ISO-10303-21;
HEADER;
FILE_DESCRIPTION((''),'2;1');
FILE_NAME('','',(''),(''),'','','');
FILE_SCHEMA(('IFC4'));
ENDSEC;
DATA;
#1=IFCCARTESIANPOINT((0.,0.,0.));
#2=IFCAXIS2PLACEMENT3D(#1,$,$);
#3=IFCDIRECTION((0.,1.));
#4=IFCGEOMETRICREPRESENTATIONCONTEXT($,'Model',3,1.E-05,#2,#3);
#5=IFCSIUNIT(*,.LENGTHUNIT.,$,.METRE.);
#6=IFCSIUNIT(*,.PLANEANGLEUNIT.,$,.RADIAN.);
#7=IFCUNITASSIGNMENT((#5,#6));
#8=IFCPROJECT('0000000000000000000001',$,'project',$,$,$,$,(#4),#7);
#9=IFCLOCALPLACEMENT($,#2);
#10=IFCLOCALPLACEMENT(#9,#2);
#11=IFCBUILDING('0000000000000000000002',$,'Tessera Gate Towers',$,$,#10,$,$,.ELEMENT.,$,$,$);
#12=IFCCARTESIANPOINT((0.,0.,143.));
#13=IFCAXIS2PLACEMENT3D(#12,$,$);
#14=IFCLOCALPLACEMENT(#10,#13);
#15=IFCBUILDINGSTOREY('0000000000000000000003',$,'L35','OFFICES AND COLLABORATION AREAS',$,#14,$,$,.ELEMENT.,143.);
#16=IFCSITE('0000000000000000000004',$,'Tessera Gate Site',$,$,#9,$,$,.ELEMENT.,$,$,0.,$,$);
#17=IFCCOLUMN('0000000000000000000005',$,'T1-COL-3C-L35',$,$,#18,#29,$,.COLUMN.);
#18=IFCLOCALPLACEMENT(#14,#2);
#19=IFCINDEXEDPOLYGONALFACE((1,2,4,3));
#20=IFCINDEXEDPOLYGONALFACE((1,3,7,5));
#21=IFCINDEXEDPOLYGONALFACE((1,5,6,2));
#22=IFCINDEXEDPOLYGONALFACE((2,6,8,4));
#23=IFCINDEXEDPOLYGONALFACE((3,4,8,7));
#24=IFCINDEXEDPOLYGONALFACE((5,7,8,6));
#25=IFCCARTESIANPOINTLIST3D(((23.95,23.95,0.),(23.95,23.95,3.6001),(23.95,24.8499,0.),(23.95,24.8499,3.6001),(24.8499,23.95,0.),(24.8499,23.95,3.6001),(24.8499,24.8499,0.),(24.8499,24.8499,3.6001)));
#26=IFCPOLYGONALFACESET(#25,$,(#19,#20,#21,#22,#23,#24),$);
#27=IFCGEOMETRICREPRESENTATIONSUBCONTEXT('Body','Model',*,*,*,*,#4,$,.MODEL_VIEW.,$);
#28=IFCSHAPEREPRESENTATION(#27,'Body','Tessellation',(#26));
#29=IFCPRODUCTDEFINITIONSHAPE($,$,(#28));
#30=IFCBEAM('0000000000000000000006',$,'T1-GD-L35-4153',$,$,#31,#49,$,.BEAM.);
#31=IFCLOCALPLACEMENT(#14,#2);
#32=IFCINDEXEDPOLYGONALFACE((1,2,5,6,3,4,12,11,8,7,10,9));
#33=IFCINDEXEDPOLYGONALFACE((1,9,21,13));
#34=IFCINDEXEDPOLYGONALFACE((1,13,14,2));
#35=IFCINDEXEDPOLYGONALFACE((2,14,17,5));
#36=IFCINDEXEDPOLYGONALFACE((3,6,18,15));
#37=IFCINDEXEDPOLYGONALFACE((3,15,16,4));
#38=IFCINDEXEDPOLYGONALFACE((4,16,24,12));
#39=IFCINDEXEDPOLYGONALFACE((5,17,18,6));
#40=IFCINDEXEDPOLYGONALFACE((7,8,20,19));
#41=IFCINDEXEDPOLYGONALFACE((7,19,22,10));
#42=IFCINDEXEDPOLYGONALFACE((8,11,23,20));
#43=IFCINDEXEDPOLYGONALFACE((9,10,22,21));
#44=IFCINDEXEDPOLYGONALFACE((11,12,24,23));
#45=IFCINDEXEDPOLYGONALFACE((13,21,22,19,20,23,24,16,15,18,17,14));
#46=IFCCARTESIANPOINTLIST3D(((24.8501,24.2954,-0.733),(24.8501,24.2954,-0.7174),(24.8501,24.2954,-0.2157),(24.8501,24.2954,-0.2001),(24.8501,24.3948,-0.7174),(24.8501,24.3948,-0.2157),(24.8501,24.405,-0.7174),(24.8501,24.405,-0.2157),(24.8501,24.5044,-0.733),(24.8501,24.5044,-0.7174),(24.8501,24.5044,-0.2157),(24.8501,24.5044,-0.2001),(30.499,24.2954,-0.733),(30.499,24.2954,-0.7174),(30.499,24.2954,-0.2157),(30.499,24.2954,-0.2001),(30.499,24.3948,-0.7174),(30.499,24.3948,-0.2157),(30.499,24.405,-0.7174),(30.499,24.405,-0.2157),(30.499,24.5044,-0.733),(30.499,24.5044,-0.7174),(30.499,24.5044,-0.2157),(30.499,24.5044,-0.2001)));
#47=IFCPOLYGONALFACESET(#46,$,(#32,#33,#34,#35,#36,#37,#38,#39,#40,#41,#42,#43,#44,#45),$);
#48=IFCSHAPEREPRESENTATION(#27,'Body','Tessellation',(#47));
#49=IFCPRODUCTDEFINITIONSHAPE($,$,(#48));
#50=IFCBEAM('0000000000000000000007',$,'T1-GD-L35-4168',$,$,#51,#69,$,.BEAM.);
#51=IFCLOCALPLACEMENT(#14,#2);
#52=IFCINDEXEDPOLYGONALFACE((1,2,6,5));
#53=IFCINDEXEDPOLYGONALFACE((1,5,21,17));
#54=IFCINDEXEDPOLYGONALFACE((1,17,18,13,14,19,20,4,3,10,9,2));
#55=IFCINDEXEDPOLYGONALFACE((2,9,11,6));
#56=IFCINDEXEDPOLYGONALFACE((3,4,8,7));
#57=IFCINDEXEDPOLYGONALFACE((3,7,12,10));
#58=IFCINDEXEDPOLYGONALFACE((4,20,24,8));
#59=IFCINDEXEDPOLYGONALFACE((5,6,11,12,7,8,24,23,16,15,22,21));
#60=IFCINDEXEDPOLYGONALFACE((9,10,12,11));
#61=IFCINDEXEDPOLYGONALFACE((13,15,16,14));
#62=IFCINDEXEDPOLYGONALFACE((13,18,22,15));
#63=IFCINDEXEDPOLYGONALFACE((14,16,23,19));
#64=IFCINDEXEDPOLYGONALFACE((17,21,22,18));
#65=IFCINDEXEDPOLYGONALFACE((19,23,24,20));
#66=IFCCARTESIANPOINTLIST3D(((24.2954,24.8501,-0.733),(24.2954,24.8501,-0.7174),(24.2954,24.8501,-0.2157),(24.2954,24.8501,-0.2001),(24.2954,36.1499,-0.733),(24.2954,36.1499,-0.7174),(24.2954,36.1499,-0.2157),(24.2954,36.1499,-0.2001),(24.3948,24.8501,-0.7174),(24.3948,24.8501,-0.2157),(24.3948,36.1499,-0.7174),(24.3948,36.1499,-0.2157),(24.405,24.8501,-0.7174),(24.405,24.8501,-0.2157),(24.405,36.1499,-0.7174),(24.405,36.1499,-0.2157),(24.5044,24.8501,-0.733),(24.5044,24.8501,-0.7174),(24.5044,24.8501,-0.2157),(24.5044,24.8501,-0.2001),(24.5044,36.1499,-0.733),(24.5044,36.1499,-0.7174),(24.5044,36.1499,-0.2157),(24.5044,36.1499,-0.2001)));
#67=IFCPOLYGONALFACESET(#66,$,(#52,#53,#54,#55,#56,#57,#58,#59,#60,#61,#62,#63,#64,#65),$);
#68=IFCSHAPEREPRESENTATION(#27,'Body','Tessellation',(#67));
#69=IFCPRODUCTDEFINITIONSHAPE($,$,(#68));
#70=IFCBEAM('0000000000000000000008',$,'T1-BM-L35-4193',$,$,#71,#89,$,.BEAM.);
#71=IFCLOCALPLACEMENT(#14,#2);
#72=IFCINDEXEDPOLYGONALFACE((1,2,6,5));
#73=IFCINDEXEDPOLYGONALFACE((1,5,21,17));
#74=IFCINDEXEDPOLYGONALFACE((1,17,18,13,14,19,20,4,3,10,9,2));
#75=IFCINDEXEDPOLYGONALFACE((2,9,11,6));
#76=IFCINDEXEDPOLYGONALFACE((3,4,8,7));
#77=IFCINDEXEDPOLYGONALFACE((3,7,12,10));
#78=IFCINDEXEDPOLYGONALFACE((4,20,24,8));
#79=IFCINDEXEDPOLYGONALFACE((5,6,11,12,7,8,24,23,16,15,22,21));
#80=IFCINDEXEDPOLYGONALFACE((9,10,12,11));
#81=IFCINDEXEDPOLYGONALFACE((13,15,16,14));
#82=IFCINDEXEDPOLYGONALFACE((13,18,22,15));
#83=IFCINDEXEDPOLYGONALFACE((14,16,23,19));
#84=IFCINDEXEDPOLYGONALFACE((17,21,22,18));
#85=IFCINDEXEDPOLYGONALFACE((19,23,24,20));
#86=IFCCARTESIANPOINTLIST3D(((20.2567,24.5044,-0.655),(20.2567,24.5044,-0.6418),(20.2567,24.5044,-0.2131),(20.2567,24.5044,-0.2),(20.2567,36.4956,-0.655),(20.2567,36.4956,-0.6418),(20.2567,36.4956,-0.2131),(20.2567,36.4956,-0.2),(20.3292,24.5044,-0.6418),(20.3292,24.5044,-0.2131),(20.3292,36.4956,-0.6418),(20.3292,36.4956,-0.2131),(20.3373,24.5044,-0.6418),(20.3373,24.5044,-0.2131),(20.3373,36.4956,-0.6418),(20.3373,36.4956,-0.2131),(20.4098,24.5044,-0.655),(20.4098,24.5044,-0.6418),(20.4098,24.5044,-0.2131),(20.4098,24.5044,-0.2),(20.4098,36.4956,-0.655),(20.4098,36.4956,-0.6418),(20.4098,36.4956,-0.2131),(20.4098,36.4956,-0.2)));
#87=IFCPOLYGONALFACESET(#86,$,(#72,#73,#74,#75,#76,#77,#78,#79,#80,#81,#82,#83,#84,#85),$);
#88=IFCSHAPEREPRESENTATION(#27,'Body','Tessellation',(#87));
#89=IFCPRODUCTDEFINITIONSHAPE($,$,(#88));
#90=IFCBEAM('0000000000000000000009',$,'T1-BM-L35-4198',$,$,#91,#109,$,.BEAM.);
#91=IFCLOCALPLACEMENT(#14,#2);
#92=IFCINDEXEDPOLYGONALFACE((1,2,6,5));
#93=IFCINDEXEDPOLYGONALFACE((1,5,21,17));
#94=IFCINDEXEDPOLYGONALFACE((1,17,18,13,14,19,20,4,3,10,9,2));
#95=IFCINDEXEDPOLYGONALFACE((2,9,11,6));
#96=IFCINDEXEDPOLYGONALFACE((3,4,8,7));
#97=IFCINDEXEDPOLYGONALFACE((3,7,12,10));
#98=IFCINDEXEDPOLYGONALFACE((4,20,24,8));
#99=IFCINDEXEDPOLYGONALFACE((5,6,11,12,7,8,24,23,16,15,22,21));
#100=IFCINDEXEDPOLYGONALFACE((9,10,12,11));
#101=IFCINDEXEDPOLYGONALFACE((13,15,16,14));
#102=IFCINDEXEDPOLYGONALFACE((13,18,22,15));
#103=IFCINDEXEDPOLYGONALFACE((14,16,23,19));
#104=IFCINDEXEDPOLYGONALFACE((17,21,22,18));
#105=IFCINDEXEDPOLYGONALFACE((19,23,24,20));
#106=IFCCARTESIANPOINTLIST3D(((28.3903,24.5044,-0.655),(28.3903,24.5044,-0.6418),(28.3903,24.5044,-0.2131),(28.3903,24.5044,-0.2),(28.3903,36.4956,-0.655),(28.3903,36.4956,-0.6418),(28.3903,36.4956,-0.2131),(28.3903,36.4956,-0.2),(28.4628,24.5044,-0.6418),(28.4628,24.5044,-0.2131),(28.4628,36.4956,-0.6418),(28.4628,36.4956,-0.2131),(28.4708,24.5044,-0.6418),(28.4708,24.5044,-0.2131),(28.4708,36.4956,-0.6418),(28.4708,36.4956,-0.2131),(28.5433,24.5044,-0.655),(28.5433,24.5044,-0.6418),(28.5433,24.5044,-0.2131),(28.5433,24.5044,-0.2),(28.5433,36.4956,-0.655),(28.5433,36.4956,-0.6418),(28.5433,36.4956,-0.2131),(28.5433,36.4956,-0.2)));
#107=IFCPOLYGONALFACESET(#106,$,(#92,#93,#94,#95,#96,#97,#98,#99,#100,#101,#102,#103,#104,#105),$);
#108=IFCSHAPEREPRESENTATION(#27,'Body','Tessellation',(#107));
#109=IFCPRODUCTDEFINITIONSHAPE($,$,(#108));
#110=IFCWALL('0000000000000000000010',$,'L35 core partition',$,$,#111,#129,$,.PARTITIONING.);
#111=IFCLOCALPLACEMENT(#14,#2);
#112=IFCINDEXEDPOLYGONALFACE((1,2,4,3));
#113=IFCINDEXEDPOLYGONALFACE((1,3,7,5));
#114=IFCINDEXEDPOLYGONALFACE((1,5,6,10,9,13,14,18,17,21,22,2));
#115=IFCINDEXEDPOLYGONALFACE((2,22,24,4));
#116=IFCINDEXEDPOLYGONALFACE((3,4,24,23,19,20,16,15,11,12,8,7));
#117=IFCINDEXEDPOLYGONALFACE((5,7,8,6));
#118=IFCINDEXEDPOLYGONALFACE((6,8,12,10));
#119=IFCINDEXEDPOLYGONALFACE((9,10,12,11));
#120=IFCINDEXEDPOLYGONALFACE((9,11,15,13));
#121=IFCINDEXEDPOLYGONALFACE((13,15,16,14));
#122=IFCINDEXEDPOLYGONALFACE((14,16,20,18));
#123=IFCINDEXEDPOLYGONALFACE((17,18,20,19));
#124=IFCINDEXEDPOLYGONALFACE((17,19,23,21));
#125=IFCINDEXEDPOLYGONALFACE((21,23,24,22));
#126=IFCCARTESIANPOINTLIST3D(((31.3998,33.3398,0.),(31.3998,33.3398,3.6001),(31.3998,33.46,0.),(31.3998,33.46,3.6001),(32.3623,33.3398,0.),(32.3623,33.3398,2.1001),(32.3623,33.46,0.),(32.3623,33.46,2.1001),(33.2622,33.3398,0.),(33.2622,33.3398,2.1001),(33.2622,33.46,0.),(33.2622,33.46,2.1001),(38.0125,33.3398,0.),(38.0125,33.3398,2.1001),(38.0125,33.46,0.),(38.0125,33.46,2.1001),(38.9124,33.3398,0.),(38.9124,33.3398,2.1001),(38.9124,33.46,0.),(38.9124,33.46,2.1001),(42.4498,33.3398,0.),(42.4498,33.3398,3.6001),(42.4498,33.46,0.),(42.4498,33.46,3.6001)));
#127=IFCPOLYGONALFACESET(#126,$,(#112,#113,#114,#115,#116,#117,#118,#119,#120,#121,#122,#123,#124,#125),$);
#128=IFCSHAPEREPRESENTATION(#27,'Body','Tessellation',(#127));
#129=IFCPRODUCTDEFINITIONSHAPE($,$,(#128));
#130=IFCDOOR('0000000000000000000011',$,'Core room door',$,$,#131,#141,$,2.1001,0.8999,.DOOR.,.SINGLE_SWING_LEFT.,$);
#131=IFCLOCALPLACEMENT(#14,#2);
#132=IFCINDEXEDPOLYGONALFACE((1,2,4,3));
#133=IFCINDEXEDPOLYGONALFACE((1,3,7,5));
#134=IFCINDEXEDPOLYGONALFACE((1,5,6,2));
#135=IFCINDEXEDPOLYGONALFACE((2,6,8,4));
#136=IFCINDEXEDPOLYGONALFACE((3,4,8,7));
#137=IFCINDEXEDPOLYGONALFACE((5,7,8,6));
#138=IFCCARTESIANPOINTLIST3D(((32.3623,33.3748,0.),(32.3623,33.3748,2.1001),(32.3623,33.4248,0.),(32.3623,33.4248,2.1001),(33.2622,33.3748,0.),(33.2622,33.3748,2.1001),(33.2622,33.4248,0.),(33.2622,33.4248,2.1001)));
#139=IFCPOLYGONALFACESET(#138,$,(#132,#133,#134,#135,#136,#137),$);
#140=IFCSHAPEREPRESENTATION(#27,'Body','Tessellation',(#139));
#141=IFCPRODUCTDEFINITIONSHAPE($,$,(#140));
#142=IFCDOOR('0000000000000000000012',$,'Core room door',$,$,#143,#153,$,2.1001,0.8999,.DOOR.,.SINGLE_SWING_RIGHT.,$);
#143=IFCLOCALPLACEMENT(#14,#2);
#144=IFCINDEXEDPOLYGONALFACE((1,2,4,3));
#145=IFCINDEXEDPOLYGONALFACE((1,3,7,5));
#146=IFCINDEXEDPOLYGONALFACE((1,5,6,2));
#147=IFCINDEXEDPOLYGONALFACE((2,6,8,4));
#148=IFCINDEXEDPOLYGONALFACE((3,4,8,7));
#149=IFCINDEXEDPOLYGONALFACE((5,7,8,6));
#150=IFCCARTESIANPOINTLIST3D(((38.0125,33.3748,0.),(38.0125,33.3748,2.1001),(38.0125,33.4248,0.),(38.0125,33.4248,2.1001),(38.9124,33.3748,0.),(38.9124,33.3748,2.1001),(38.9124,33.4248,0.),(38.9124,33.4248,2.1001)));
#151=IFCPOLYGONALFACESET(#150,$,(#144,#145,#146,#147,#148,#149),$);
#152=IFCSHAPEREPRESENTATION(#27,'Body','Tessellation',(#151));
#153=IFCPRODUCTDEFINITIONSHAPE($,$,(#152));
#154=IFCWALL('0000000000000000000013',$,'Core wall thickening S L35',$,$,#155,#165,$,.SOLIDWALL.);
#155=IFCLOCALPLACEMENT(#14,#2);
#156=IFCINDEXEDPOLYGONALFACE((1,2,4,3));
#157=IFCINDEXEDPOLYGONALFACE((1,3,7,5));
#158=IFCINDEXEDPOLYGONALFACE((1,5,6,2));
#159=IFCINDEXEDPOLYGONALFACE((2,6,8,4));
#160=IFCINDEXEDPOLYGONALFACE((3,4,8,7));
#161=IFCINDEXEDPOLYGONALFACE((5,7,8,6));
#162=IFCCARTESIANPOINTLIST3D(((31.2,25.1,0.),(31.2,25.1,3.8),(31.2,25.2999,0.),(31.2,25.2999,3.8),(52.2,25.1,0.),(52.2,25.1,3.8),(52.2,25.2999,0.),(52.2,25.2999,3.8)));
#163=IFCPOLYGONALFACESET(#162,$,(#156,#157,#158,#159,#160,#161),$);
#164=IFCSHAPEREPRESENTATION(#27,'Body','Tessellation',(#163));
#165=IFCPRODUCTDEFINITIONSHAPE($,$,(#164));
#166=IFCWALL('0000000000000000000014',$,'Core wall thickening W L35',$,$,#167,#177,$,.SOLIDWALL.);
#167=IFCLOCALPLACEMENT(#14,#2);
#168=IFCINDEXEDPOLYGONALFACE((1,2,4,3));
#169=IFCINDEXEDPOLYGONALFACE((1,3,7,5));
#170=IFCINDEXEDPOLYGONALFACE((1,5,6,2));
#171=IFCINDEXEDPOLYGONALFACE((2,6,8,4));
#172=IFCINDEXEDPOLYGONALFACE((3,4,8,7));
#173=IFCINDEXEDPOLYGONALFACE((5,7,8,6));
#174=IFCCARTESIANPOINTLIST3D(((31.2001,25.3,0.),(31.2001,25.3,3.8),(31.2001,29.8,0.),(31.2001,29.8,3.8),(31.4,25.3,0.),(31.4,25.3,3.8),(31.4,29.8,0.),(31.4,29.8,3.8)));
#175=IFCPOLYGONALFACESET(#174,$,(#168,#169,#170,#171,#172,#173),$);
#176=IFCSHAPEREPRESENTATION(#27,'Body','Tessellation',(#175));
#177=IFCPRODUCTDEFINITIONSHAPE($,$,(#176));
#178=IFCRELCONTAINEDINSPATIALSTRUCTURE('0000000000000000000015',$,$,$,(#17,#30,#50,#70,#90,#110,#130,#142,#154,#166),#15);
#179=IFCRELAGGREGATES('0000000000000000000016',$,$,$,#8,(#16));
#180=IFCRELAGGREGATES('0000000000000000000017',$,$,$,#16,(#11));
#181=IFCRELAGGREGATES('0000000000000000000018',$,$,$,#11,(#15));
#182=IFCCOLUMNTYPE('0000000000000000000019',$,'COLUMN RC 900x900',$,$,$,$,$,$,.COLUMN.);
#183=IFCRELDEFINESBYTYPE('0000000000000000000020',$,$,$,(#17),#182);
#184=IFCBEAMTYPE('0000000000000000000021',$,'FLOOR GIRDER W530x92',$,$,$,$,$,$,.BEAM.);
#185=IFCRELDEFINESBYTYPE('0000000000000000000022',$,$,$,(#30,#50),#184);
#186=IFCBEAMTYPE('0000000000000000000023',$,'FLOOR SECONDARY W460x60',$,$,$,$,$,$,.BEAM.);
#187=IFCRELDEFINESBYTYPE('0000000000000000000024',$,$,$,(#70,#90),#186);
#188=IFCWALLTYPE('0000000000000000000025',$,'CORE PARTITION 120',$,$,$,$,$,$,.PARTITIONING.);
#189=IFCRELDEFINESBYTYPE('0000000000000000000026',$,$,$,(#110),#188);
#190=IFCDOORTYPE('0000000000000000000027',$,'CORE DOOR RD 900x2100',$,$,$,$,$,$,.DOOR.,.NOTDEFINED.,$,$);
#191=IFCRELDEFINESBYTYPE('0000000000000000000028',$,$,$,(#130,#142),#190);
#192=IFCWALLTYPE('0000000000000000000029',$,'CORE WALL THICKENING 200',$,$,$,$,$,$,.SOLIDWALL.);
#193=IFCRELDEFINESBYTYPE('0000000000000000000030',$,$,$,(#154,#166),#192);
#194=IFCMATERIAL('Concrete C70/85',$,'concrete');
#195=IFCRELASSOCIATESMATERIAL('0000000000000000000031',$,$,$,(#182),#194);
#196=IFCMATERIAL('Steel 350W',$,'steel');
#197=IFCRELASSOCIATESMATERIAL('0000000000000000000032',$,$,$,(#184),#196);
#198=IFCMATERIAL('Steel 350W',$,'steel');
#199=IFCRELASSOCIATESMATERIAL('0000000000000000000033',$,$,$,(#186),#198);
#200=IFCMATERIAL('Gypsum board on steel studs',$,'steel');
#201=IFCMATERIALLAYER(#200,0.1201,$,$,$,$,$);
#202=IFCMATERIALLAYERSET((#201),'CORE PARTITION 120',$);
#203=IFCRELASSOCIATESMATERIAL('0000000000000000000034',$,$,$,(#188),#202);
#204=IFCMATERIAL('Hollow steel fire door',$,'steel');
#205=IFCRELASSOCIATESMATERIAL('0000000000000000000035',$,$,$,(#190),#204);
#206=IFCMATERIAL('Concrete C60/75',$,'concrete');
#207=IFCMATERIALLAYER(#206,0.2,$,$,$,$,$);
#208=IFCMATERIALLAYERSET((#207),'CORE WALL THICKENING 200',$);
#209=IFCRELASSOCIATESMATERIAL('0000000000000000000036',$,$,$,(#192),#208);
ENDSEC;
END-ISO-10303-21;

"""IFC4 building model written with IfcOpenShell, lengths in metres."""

from ifc_helpers import new_model, si_unit, direction, frame, frame_2d, origin, origin_2d, place, context, subcontext, project, spatial, rectangle, i_section, extrude, source, transform, mapped, material, layer, layer_set, material_profile, profile_set, type_object, element, fill, save


model = new_model("IFC4")

# Units and contexts
model_context = context("Model", 3, precision=1e-05, world=origin(), true_north=direction((0.0, 1.0)))
body_context = subcontext(model_context, "Body", "Model", "MODEL_VIEW")
ifc_project = project(units=[si_unit("LENGTHUNIT", "METRE"), si_unit("PLANEANGLEUNIT", "RADIAN")], contexts=[model_context])

# Site, building, storey
site_placement = place(None, origin())
site = spatial("IfcSite", under=ifc_project, at=site_placement, Name="Tessera Gate Site", CompositionType="ELEMENT", RefElevation=0.0)
building_placement = place(site_placement, origin())
building = spatial("IfcBuilding", under=site, at=building_placement, Name="Tessera Gate Towers", CompositionType="ELEMENT")
storey_placement = place(building_placement, frame((0.0, 0.0, 143.0)))
storey = spatial("IfcBuildingStorey", under=building, at=storey_placement, Name="L35", Description="OFFICES AND COLLABORATION AREAS", CompositionType="ELEMENT", Elevation=143.0)

# Column
ifc_material_1 = material(Name="Concrete C70/85", Category="concrete")
ifc_material_profile_1 = material_profile(ifc_material_1, rectangle(XDim=0.8999, YDim=0.8999, at=origin_2d()), Name="RC 900x900")
ifc_profile_set_1 = profile_set([ifc_material_profile_1], Name="Concrete C70/85")
column_type = type_object("IfcColumnType", Name="COLUMN RC 900x900", PredefinedType="COLUMN", material=ifc_profile_set_1)
column_placement = place(storey_placement, frame((24.3999, 24.3999, 0.0), z_axis=(0.0, 0.0, 1.0), x_axis=(1.0, 0.0, 0.0)))
element("IfcColumn", 1, at=column_placement, inside=storey, type_object=column_type, Name="T1-COL-3C-L35", PredefinedType="COLUMN", context=body_context, shape_type="SweptSolid", body=[
    extrude(rectangle(XDim=0.8999, YDim=0.8999, at=origin_2d()), origin(), (0.0, 0.0, 1.0), 3.6001),
])

# Beams
ifc_material_2 = material(Name="Steel 350W", Category="steel")
ifc_material_profile_2 = material_profile(ifc_material_2, i_section(OverallWidth=0.209, OverallDepth=0.533, WebThickness=0.0103, FlangeThickness=0.0156, at=origin_2d()), Name="W530x92")
ifc_profile_set_2 = profile_set([ifc_material_profile_2], Name="Steel 350W")
beam_type_1 = type_object("IfcBeamType", Name="FLOOR GIRDER W530x92", PredefinedType="BEAM", material=ifc_profile_set_2)
beam_1_placement = place(storey_placement, frame((24.8501, 24.3999, -0.4666), z_axis=(1.0, 0.0, 0.0), x_axis=(0.0, 1.0, 0.0)))
element("IfcBeam", 2, at=beam_1_placement, inside=storey, type_object=beam_type_1, Name="T1-GD-L35-4153", PredefinedType="BEAM", context=body_context, shape_type="SweptSolid", body=[
    extrude(i_section(OverallWidth=0.209, OverallDepth=0.533, WebThickness=0.0103, FlangeThickness=0.0156, at=origin_2d()), origin(), (0.0, 0.0, 1.0), 5.6489),
])
beam_2_placement = place(storey_placement, frame((24.3999, 24.8501, -0.4666), z_axis=(0.0, 1.0, 0.0), x_axis=(-1.0, 0.0, 0.0)))
element("IfcBeam", 3, at=beam_2_placement, inside=storey, type_object=beam_type_1, Name="T1-GD-L35-4168", PredefinedType="BEAM", context=body_context, shape_type="SweptSolid", body=[
    extrude(i_section(OverallWidth=0.209, OverallDepth=0.533, WebThickness=0.0103, FlangeThickness=0.0156, at=origin_2d()), origin(), (0.0, 0.0, 1.0), 11.2998),
])
ifc_material_3 = material(Name="Steel 350W", Category="steel")
ifc_material_profile_3 = material_profile(ifc_material_3, i_section(OverallWidth=0.1531, OverallDepth=0.4551, WebThickness=0.0081, FlangeThickness=0.0132, at=origin_2d()), Name="W460x60")
ifc_profile_set_3 = profile_set([ifc_material_profile_3], Name="Steel 350W")
beam_type_2 = type_object("IfcBeamType", Name="FLOOR SECONDARY W460x60", PredefinedType="BEAM", material=ifc_profile_set_3)
for number, where, z_axis, x_axis, name in (
    (4, (20.3333, 24.5044, -0.4275), (0.0, 1.0, 0.0), (-1.0, 0.0, 0.0), "T1-BM-L35-4193"),
    (5, (28.4668, 24.5044, -0.4275), (0.0, 1.0, 0.0), (-1.0, 0.0, 0.0), "T1-BM-L35-4198"),
):
    element("IfcBeam", number, at=place(storey_placement, frame(where, z_axis=z_axis, x_axis=x_axis)), inside=storey, type_object=beam_type_2, Name=name, PredefinedType="BEAM", context=body_context, shape_type="SweptSolid", body=[
        extrude(i_section(OverallWidth=0.1531, OverallDepth=0.4551, WebThickness=0.0081, FlangeThickness=0.0132, at=origin_2d()), origin(), (0.0, 0.0, 1.0), 11.9912),
    ])

# Wall, openings, doors
ifc_material_4 = material(Name="Gypsum board on steel studs", Category="steel")
ifc_layer_1 = layer(ifc_material_4, 0.1201)
ifc_layer_set_1 = layer_set([ifc_layer_1], Name="CORE PARTITION 120")
wall_type_1 = type_object("IfcWallType", Name="CORE PARTITION 120", PredefinedType="PARTITIONING", material=ifc_layer_set_1)
wall_1_placement = place(storey_placement, frame((31.3999, 33.3999, 0.0), z_axis=(0.0, 0.0, 1.0), x_axis=(1.0, 0.0, 0.0)))
wall_1 = element("IfcWall", 6, at=wall_1_placement, inside=storey, type_object=wall_type_1, Name="L35 core partition", PredefinedType="PARTITIONING", context=body_context, shape_type="SweptSolid", body=[
    extrude(rectangle(XDim=11.05, YDim=0.1201, at=frame_2d((5.5249, 0.0))), origin(), (0.0, 0.0, 1.0), 3.6001),
])
shared_shape_1 = source(origin(), body_context, "Body", "SweptSolid", [
    extrude(rectangle(XDim=0.8999, YDim=2.1001, at=frame_2d((0.45, 1.05))), frame((0.0, 0.0701, 0.0), z_axis=(0.0, -1.0, 0.0), x_axis=(1.0, 0.0, 0.0)), (0.0, 0.0, 1.0), 0.1401),
])
opening_1_placement = place(wall_1_placement, frame((0.9624, 0.0, 0.0)))
opening_1 = element("IfcOpeningElement", 7, at=opening_1_placement, cuts=wall_1, PredefinedType="OPENING", context=body_context, shape_type="MappedRepresentation", body=[
    mapped(shared_shape_1, transform((0.0, 0.0, 0.0), scale=1.0)),
])
opening_2_placement = place(wall_1_placement, frame((6.6125, 0.0, 0.0)))
opening_2 = element("IfcOpeningElement", 8, at=opening_2_placement, cuts=wall_1, PredefinedType="OPENING", context=body_context, shape_type="MappedRepresentation", body=[
    mapped(shared_shape_1, transform((0.0, 0.0, 0.0), scale=1.0)),
])
ifc_material_5 = material(Name="Hollow steel fire door", Category="steel")
door_type_1 = type_object("IfcDoorType", Name="CORE DOOR RD 900x2100", OperationType="NOTDEFINED", PredefinedType="DOOR", material=ifc_material_5)
shared_shape_2 = source(origin(), body_context, "Body", "SweptSolid", [
    extrude(rectangle(XDim=0.8999, YDim=2.1001, at=frame_2d((0.45, 1.05))), frame((0.0, 0.0249, 0.0), z_axis=(0.0, -1.0, 0.0), x_axis=(1.0, 0.0, 0.0)), (0.0, 0.0, 1.0), 0.05),
])
door_1_placement = place(opening_1_placement, origin())
door_1 = element("IfcDoor", 9, at=door_1_placement, inside=storey, type_object=door_type_1, Name="Core room door", OperationType="SINGLE_SWING_LEFT", OverallHeight=2.1001, OverallWidth=0.8999, PredefinedType="DOOR", context=body_context, shape_type="MappedRepresentation", body=[
    mapped(shared_shape_2, transform((0.0, 0.0, 0.0), scale=1.0)),
])
fill(opening_1, door_1)
door_2_placement = place(opening_2_placement, origin())
door_2 = element("IfcDoor", 10, at=door_2_placement, inside=storey, type_object=door_type_1, Name="Core room door", OperationType="SINGLE_SWING_RIGHT", OverallHeight=2.1001, OverallWidth=0.8999, PredefinedType="DOOR", context=body_context, shape_type="MappedRepresentation", body=[
    mapped(shared_shape_2, transform((0.0, 0.0, 0.0), scale=1.0)),
])
fill(opening_2, door_2)

# Walls
ifc_material_6 = material(Name="Concrete C60/75", Category="concrete")
ifc_layer_2 = layer(ifc_material_6, 0.2)
ifc_layer_set_2 = layer_set([ifc_layer_2], Name="CORE WALL THICKENING 200")
wall_type_2 = type_object("IfcWallType", Name="CORE WALL THICKENING 200", PredefinedType="SOLIDWALL", material=ifc_layer_set_2)
wall_2_placement = place(storey_placement, frame((31.2, 25.2, 0.0), z_axis=(0.0, 0.0, 1.0), x_axis=(1.0, 0.0, 0.0)))
element("IfcWall", 11, at=wall_2_placement, inside=storey, type_object=wall_type_2, Name="Core wall thickening S L35", PredefinedType="SOLIDWALL", context=body_context, shape_type="SweptSolid", body=[
    extrude(rectangle(XDim=21.0, YDim=0.2, at=frame_2d((10.5, 0.0))), origin(), (0.0, 0.0, 1.0), 3.8),
])
wall_3_placement = place(storey_placement, frame((31.3, 25.3, 0.0), z_axis=(0.0, 0.0, 1.0), x_axis=(0.0, 1.0, 0.0)))
element("IfcWall", 12, at=wall_3_placement, inside=storey, type_object=wall_type_2, Name="Core wall thickening W L35", PredefinedType="SOLIDWALL", context=body_context, shape_type="SweptSolid", body=[
    extrude(rectangle(XDim=4.5, YDim=0.2, at=frame_2d((2.25, 0.0))), origin(), (0.0, 0.0, 1.0), 3.8),
])

save(model, "model.ifc")
